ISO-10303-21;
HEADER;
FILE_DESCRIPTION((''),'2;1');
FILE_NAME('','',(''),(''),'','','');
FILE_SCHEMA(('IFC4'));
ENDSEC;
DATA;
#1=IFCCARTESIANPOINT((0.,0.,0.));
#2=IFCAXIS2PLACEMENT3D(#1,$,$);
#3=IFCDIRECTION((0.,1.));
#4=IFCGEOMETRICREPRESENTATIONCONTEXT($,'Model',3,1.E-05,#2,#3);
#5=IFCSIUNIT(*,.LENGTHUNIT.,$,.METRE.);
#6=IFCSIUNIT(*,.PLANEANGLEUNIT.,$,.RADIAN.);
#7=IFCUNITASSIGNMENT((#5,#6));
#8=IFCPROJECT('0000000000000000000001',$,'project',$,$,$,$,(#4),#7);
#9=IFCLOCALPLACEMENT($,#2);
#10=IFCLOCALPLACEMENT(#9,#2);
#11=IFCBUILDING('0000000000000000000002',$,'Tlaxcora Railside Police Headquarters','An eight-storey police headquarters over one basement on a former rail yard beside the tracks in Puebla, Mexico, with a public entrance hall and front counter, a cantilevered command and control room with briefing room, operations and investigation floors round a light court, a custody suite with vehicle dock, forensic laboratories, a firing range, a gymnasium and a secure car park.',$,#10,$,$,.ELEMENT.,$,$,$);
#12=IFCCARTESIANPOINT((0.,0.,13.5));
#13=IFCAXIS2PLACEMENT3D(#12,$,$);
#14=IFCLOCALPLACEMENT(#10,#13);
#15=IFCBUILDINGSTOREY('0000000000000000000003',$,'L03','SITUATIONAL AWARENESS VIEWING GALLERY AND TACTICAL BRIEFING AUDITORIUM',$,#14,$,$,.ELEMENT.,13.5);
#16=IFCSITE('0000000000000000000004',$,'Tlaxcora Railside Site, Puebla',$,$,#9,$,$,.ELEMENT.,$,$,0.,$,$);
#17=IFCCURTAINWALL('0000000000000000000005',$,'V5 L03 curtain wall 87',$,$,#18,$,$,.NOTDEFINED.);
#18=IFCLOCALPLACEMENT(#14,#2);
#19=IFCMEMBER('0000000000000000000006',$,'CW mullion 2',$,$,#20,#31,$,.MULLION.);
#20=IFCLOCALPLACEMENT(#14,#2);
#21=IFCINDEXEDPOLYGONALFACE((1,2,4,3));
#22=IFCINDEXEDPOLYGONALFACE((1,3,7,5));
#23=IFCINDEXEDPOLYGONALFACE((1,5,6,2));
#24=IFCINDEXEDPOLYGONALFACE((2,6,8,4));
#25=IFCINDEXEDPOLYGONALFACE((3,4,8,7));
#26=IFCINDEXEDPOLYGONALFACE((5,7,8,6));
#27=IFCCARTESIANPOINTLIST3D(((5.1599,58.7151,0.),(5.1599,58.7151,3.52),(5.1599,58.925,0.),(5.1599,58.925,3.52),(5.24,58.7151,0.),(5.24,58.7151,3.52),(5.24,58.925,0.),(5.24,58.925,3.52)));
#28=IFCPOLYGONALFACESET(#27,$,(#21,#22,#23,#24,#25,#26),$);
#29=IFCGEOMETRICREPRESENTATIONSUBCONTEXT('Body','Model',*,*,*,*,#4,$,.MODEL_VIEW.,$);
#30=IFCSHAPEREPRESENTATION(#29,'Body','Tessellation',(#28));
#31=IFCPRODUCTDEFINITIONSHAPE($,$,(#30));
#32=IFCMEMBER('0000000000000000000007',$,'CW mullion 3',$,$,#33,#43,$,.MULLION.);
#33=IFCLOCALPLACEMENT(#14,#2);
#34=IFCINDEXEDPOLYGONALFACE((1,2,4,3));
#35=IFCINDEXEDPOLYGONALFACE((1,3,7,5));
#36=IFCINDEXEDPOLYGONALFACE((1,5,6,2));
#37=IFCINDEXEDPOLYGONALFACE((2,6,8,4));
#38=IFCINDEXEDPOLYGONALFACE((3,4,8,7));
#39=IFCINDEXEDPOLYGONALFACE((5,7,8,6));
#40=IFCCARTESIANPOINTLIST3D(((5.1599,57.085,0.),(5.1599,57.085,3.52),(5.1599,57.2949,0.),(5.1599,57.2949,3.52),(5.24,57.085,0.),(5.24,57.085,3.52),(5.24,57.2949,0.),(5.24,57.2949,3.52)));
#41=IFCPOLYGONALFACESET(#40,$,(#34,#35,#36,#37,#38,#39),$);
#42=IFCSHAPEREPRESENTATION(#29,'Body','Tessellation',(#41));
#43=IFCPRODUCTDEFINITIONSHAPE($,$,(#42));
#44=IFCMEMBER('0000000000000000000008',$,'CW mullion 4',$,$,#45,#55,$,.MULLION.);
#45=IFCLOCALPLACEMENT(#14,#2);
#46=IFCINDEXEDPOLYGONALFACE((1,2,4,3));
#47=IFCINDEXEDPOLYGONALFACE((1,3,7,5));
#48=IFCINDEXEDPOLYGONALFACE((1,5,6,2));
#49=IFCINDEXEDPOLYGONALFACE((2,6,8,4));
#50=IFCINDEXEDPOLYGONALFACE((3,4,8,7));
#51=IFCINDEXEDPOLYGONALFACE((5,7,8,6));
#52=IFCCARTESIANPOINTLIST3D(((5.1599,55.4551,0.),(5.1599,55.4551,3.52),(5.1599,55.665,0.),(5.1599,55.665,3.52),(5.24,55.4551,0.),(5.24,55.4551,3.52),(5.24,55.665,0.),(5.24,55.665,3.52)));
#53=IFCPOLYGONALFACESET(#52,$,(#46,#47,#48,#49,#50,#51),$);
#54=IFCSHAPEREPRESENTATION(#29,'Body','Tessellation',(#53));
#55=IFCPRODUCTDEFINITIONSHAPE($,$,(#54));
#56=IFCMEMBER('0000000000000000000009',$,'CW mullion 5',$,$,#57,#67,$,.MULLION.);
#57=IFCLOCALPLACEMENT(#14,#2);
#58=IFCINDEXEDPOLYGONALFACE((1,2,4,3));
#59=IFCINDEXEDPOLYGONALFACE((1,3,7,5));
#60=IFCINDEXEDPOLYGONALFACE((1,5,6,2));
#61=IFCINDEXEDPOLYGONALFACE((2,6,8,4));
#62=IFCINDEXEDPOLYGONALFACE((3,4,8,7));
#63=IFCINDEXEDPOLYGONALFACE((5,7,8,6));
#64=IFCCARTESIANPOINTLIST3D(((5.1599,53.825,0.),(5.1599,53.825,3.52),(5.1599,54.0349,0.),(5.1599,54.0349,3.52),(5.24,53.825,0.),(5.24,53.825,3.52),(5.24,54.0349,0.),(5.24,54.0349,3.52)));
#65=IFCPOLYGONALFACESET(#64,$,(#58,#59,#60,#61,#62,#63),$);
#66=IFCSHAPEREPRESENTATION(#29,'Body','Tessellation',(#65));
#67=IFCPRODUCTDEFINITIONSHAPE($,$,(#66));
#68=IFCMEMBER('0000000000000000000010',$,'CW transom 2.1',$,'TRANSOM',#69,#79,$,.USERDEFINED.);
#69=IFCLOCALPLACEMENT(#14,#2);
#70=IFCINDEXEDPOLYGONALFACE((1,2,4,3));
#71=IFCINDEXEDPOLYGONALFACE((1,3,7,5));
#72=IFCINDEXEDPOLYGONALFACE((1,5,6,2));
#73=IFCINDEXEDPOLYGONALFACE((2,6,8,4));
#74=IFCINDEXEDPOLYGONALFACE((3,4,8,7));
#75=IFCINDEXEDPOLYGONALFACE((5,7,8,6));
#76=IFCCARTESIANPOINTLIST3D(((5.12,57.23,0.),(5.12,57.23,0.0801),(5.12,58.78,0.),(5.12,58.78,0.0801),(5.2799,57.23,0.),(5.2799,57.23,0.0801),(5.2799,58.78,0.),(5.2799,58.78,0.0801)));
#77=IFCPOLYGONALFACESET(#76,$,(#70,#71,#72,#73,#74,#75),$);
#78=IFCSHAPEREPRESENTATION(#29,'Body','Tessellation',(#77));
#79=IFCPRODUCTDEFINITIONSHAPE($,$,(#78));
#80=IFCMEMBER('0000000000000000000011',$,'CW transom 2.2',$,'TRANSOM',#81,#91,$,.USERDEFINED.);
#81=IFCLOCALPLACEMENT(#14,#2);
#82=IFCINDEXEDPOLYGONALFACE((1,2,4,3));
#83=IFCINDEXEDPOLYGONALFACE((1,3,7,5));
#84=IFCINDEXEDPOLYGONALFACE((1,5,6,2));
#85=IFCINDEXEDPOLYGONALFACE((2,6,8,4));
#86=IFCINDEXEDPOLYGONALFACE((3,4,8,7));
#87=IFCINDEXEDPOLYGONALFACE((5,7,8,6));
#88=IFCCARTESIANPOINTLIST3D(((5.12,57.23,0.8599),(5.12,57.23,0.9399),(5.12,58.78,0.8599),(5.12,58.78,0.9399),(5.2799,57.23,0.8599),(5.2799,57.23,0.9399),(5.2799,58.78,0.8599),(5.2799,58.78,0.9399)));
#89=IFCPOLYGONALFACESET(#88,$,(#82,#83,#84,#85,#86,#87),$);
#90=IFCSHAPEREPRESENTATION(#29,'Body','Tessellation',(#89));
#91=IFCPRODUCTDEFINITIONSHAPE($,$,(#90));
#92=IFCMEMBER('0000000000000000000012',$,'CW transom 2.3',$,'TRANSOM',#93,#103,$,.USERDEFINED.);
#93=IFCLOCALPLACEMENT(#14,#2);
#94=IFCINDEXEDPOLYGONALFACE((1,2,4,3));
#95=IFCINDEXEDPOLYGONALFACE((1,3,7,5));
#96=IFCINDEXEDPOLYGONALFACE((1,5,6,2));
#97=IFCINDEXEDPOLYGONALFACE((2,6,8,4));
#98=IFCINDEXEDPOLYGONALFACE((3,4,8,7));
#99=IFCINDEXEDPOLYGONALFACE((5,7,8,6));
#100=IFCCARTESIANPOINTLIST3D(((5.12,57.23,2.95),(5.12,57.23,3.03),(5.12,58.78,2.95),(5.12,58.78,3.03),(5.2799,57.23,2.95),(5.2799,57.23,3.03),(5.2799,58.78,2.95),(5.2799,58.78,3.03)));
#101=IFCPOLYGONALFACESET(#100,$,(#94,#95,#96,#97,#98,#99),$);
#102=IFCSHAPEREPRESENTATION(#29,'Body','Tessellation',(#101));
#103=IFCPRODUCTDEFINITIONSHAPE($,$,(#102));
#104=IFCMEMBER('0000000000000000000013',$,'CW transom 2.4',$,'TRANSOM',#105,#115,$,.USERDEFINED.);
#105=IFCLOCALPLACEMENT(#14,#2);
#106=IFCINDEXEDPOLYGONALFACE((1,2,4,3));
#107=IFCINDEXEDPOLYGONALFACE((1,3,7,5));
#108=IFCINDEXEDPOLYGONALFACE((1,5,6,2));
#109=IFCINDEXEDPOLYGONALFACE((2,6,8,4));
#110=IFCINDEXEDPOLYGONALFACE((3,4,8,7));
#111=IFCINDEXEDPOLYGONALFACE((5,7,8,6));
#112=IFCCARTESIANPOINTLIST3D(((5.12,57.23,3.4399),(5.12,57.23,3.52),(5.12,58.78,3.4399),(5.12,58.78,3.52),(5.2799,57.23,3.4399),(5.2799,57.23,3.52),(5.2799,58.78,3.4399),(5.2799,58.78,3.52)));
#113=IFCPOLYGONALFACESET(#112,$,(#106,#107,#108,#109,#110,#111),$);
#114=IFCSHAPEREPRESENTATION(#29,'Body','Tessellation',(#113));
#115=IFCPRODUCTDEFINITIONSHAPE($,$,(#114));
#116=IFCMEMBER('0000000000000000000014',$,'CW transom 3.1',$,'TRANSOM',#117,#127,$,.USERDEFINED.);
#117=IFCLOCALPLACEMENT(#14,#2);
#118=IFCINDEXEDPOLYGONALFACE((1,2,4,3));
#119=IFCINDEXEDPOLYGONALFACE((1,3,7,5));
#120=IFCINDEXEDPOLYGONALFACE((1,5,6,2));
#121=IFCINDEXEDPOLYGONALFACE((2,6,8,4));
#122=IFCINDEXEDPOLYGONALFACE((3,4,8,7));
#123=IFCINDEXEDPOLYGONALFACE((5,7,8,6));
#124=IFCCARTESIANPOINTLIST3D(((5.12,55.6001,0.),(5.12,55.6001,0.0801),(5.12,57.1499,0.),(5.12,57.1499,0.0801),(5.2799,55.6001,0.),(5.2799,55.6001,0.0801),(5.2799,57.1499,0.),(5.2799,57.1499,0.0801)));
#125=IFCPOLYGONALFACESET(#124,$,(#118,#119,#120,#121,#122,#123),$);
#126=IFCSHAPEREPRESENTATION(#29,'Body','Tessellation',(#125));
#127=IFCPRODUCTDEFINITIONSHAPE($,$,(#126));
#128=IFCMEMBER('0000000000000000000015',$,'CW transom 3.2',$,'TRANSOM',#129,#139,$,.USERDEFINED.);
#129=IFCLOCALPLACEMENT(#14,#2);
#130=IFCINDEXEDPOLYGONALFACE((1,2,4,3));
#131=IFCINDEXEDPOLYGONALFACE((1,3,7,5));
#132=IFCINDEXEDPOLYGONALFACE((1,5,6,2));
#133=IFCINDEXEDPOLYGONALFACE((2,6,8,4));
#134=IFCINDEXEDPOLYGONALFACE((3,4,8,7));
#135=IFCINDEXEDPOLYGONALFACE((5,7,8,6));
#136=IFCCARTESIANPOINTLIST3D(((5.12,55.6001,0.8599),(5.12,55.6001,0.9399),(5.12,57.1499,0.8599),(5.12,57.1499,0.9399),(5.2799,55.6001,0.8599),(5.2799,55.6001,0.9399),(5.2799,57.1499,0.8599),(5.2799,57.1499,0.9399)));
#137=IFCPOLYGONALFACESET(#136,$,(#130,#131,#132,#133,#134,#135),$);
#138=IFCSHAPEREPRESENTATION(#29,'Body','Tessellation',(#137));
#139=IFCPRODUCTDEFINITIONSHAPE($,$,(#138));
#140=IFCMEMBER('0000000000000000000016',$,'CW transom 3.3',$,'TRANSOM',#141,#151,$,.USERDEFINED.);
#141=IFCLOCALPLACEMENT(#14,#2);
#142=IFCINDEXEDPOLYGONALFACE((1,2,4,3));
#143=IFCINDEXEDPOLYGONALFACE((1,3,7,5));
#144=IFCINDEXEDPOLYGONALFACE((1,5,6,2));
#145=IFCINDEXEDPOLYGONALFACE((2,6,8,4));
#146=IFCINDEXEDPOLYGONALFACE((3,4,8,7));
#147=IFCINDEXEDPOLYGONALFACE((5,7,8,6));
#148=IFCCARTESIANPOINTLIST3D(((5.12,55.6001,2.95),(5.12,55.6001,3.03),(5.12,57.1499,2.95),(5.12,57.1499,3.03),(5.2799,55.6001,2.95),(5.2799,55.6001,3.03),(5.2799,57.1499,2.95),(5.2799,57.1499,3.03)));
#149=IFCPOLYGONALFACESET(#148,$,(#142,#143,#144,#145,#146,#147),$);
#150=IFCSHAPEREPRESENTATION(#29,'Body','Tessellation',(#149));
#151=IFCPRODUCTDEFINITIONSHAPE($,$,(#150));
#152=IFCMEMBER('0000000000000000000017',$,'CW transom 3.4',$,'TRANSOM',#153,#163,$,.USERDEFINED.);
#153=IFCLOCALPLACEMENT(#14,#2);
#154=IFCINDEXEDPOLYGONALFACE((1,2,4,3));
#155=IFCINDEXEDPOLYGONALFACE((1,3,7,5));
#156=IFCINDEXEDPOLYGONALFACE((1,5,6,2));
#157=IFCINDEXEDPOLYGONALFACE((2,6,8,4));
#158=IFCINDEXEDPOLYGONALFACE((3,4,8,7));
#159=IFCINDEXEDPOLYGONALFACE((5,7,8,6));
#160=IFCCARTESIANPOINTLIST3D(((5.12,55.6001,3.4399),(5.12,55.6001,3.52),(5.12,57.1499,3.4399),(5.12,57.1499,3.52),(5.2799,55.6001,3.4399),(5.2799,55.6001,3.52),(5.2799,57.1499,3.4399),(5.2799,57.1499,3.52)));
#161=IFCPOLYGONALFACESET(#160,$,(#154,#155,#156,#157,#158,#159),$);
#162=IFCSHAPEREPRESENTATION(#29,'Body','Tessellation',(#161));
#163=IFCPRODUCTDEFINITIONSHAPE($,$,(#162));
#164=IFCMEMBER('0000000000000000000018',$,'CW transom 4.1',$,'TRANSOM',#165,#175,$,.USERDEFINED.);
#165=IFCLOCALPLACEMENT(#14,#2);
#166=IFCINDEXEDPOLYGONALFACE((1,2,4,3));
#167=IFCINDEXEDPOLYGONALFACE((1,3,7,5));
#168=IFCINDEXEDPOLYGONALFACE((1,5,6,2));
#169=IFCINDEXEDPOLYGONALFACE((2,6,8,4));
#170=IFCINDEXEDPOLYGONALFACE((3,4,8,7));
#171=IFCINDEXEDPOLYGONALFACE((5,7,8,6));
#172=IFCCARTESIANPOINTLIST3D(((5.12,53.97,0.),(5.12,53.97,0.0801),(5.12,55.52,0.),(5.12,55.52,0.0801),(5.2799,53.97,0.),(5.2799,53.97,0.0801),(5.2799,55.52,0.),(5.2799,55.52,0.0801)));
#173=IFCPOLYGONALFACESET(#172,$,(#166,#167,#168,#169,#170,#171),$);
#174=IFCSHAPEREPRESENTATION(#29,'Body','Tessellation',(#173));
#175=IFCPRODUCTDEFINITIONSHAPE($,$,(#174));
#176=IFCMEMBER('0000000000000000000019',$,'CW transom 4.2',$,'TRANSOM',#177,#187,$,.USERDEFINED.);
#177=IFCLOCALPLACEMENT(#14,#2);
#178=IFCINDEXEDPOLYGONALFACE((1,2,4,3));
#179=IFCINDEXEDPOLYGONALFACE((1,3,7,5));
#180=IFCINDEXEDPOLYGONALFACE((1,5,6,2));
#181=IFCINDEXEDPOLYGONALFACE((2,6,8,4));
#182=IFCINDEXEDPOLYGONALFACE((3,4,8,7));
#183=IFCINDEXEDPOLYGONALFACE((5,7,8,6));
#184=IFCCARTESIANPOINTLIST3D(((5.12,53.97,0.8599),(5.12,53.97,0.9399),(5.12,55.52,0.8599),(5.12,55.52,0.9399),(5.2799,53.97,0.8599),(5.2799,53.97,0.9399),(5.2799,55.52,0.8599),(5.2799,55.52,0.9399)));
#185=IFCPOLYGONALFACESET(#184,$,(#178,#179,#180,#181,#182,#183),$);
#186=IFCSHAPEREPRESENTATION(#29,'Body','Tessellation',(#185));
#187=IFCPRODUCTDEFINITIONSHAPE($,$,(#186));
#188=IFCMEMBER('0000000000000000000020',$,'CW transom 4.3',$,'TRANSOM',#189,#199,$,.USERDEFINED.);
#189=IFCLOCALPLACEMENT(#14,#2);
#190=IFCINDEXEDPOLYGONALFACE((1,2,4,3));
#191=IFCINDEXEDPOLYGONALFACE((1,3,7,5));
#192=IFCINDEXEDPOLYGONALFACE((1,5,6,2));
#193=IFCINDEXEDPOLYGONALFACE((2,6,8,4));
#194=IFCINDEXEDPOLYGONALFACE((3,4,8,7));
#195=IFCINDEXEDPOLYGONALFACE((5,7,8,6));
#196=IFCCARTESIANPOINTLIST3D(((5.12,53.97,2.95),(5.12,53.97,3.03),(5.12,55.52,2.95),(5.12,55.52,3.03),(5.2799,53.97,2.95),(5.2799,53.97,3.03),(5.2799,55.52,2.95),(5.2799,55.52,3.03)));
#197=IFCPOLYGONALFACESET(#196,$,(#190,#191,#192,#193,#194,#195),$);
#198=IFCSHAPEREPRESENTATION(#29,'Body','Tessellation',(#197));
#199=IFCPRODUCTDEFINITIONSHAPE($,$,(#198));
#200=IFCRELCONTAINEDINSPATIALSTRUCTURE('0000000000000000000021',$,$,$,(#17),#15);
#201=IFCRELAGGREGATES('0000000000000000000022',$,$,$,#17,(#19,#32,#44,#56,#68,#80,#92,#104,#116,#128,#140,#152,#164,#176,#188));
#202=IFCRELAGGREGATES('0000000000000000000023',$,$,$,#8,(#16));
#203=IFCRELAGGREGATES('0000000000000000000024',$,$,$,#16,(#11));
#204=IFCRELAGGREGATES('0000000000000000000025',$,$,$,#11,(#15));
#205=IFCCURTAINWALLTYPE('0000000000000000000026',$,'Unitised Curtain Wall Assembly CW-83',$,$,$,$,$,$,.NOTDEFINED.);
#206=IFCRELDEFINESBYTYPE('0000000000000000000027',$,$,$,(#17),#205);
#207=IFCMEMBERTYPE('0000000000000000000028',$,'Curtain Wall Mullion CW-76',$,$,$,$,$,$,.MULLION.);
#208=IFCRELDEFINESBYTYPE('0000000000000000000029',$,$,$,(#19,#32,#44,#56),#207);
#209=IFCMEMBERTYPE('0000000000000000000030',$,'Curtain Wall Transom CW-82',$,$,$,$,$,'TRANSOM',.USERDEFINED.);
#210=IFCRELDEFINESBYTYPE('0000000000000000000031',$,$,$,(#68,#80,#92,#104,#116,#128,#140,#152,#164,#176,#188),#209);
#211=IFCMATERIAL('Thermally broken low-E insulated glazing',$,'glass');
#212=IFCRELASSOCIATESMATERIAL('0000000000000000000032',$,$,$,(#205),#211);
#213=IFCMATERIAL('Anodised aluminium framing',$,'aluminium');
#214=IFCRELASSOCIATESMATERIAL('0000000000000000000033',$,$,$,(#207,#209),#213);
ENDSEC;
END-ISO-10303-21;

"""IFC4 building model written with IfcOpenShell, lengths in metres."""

from ifc_helpers import new_model, si_unit, direction, frame, origin, origin_2d, place, context, subcontext, project, spatial, rectangle, extrude, material, material_profile, profile_set, type_object, element, aggregate, save


model = new_model("IFC4")

# Units and contexts
model_context = context("Model", 3, precision=1e-05, world=origin(), true_north=direction((0.0, 1.0)))
body_context = subcontext(model_context, "Body", "Model", "MODEL_VIEW")
ifc_project = project(units=[si_unit("LENGTHUNIT", "METRE"), si_unit("PLANEANGLEUNIT", "RADIAN")], contexts=[model_context])

# Site, building, storey
site_placement = place(None, origin())
site = spatial("IfcSite", under=ifc_project, at=site_placement, Name="Tlaxcora Railside Site, Puebla", CompositionType="ELEMENT", RefElevation=0.0)
building_placement = place(site_placement, origin())
building = spatial("IfcBuilding", under=site, at=building_placement, Name="Tlaxcora Railside Police Headquarters", Description="An eight-storey police headquarters over one basement on a former rail yard beside the tracks in Puebla, Mexico, with a public entrance hall and front counter, a cantilevered command and control room with briefing room, operations and investigation floors round a light court, a custody suite with vehicle dock, forensic laboratories, a firing range, a gymnasium and a secure car park.", CompositionType="ELEMENT")
storey_placement = place(building_placement, frame((0.0, 0.0, 13.5)))
storey = spatial("IfcBuildingStorey", under=building, at=storey_placement, Name="L03", Description="SITUATIONAL AWARENESS VIEWING GALLERY AND TACTICAL BRIEFING AUDITORIUM", CompositionType="ELEMENT", Elevation=13.5)

# Curtain wall, members
ifc_material_1 = material(Name="Thermally broken low-E insulated glazing", Category="glass")
curtain_wall_type = type_object("IfcCurtainWallType", Name="Unitised Curtain Wall Assembly CW-83", PredefinedType="NOTDEFINED", material=ifc_material_1)
curtain_wall_placement = place(storey_placement, origin())
curtain_wall = element("IfcCurtainWall", 1, at=curtain_wall_placement, inside=storey, type_object=curtain_wall_type, Name="V5 L03 curtain wall 87", PredefinedType="NOTDEFINED")
ifc_material_2 = material(Name="Anodised aluminium framing", Category="aluminium")
ifc_material_profile_1 = material_profile(ifc_material_2, rectangle(XDim=0.0801, YDim=0.21, at=origin_2d()), Name="AL80X210")
ifc_profile_set_1 = profile_set([ifc_material_profile_1], Name="Anodised aluminium framing")
member_type_1 = type_object("IfcMemberType", Name="Curtain Wall Mullion CW-76", PredefinedType="MULLION", material=ifc_profile_set_1)
member_1_placement = place(storey_placement, frame((5.2, 58.8201, 0.0), z_axis=(0.0, 0.0, 1.0), x_axis=(1.0, 0.0, 0.0)))
member_1 = element("IfcMember", 2, at=member_1_placement, type_object=member_type_1, Name="CW mullion 2", PredefinedType="MULLION", context=body_context, shape_type="SweptSolid", body=[
    extrude(rectangle(XDim=0.0801, YDim=0.21, at=origin_2d()), origin(), (0.0, 0.0, 1.0), 3.52),
])
member_2_placement = place(storey_placement, frame((5.2, 57.1899, 0.0), z_axis=(0.0, 0.0, 1.0), x_axis=(1.0, 0.0, 0.0)))
member_2 = element("IfcMember", 3, at=member_2_placement, type_object=member_type_1, Name="CW mullion 3", PredefinedType="MULLION", context=body_context, shape_type="SweptSolid", body=[
    extrude(rectangle(XDim=0.0801, YDim=0.21, at=origin_2d()), origin(), (0.0, 0.0, 1.0), 3.52),
])
member_3_placement = place(storey_placement, frame((5.2, 55.5601, 0.0), z_axis=(0.0, 0.0, 1.0), x_axis=(1.0, 0.0, 0.0)))
member_3 = element("IfcMember", 4, at=member_3_placement, type_object=member_type_1, Name="CW mullion 4", PredefinedType="MULLION", context=body_context, shape_type="SweptSolid", body=[
    extrude(rectangle(XDim=0.0801, YDim=0.21, at=origin_2d()), origin(), (0.0, 0.0, 1.0), 3.52),
])
member_4_placement = place(storey_placement, frame((5.2, 53.9299, 0.0), z_axis=(0.0, 0.0, 1.0), x_axis=(1.0, 0.0, 0.0)))
member_4 = element("IfcMember", 5, at=member_4_placement, type_object=member_type_1, Name="CW mullion 5", PredefinedType="MULLION", context=body_context, shape_type="SweptSolid", body=[
    extrude(rectangle(XDim=0.0801, YDim=0.21, at=origin_2d()), origin(), (0.0, 0.0, 1.0), 3.52),
])
ifc_material_profile_2 = material_profile(ifc_material_2, rectangle(XDim=0.1599, YDim=0.0801, at=origin_2d()), Name="AL80X160")
ifc_profile_set_2 = profile_set([ifc_material_profile_2], Name="Anodised aluminium framing")
member_type_2 = type_object("IfcMemberType", Name="Curtain Wall Transom CW-82", ElementType="TRANSOM", PredefinedType="USERDEFINED", material=ifc_profile_set_2)
member_5_placement = place(storey_placement, frame((5.2, 58.78, 0.04), z_axis=(0.0, -1.0, 0.0), x_axis=(1.0, 0.0, 0.0)))
member_5 = element("IfcMember", 6, at=member_5_placement, type_object=member_type_2, Name="CW transom 2.1", ObjectType="TRANSOM", PredefinedType="USERDEFINED", context=body_context, shape_type="SweptSolid", body=[
    extrude(rectangle(XDim=0.1599, YDim=0.0801, at=origin_2d()), origin(), (0.0, 0.0, 1.0), 1.55),
])
member_6_placement = place(storey_placement, frame((5.2, 58.78, 0.8999), z_axis=(0.0, -1.0, 0.0), x_axis=(1.0, 0.0, 0.0)))
member_6 = element("IfcMember", 7, at=member_6_placement, type_object=member_type_2, Name="CW transom 2.2", ObjectType="TRANSOM", PredefinedType="USERDEFINED", context=body_context, shape_type="SweptSolid", body=[
    extrude(rectangle(XDim=0.1599, YDim=0.0801, at=origin_2d()), origin(), (0.0, 0.0, 1.0), 1.55),
])
member_7_placement = place(storey_placement, frame((5.2, 58.78, 2.99), z_axis=(0.0, -1.0, 0.0), x_axis=(1.0, 0.0, 0.0)))
member_7 = element("IfcMember", 8, at=member_7_placement, type_object=member_type_2, Name="CW transom 2.3", ObjectType="TRANSOM", PredefinedType="USERDEFINED", context=body_context, shape_type="SweptSolid", body=[
    extrude(rectangle(XDim=0.1599, YDim=0.0801, at=origin_2d()), origin(), (0.0, 0.0, 1.0), 1.55),
])
member_8_placement = place(storey_placement, frame((5.2, 58.78, 3.48), z_axis=(0.0, -1.0, 0.0), x_axis=(1.0, 0.0, 0.0)))
member_8 = element("IfcMember", 9, at=member_8_placement, type_object=member_type_2, Name="CW transom 2.4", ObjectType="TRANSOM", PredefinedType="USERDEFINED", context=body_context, shape_type="SweptSolid", body=[
    extrude(rectangle(XDim=0.1599, YDim=0.0801, at=origin_2d()), origin(), (0.0, 0.0, 1.0), 1.55),
])
member_9_placement = place(storey_placement, frame((5.2, 57.1499, 0.04), z_axis=(0.0, -1.0, 0.0), x_axis=(1.0, 0.0, 0.0)))
member_9 = element("IfcMember", 10, at=member_9_placement, type_object=member_type_2, Name="CW transom 3.1", ObjectType="TRANSOM", PredefinedType="USERDEFINED", context=body_context, shape_type="SweptSolid", body=[
    extrude(rectangle(XDim=0.1599, YDim=0.0801, at=origin_2d()), origin(), (0.0, 0.0, 1.0), 1.5498),
])
member_10_placement = place(storey_placement, frame((5.2, 57.1499, 0.8999), z_axis=(0.0, -1.0, 0.0), x_axis=(1.0, 0.0, 0.0)))
member_10 = element("IfcMember", 11, at=member_10_placement, type_object=member_type_2, Name="CW transom 3.2", ObjectType="TRANSOM", PredefinedType="USERDEFINED", context=body_context, shape_type="SweptSolid", body=[
    extrude(rectangle(XDim=0.1599, YDim=0.0801, at=origin_2d()), origin(), (0.0, 0.0, 1.0), 1.5498),
])
member_11_placement = place(storey_placement, frame((5.2, 57.1499, 2.99), z_axis=(0.0, -1.0, 0.0), x_axis=(1.0, 0.0, 0.0)))
member_11 = element("IfcMember", 12, at=member_11_placement, type_object=member_type_2, Name="CW transom 3.3", ObjectType="TRANSOM", PredefinedType="USERDEFINED", context=body_context, shape_type="SweptSolid", body=[
    extrude(rectangle(XDim=0.1599, YDim=0.0801, at=origin_2d()), origin(), (0.0, 0.0, 1.0), 1.5498),
])
member_12_placement = place(storey_placement, frame((5.2, 57.1499, 3.48), z_axis=(0.0, -1.0, 0.0), x_axis=(1.0, 0.0, 0.0)))
member_12 = element("IfcMember", 13, at=member_12_placement, type_object=member_type_2, Name="CW transom 3.4", ObjectType="TRANSOM", PredefinedType="USERDEFINED", context=body_context, shape_type="SweptSolid", body=[
    extrude(rectangle(XDim=0.1599, YDim=0.0801, at=origin_2d()), origin(), (0.0, 0.0, 1.0), 1.5498),
])
member_13_placement = place(storey_placement, frame((5.2, 55.52, 0.04), z_axis=(0.0, -1.0, 0.0), x_axis=(1.0, 0.0, 0.0)))
member_13 = element("IfcMember", 14, at=member_13_placement, type_object=member_type_2, Name="CW transom 4.1", ObjectType="TRANSOM", PredefinedType="USERDEFINED", context=body_context, shape_type="SweptSolid", body=[
    extrude(rectangle(XDim=0.1599, YDim=0.0801, at=origin_2d()), origin(), (0.0, 0.0, 1.0), 1.55),
])
member_14_placement = place(storey_placement, frame((5.2, 55.52, 0.8999), z_axis=(0.0, -1.0, 0.0), x_axis=(1.0, 0.0, 0.0)))
member_14 = element("IfcMember", 15, at=member_14_placement, type_object=member_type_2, Name="CW transom 4.2", ObjectType="TRANSOM", PredefinedType="USERDEFINED", context=body_context, shape_type="SweptSolid", body=[
    extrude(rectangle(XDim=0.1599, YDim=0.0801, at=origin_2d()), origin(), (0.0, 0.0, 1.0), 1.55),
])
member_15_placement = place(storey_placement, frame((5.2, 55.52, 2.99), z_axis=(0.0, -1.0, 0.0), x_axis=(1.0, 0.0, 0.0)))
member_15 = element("IfcMember", 16, at=member_15_placement, type_object=member_type_2, Name="CW transom 4.3", ObjectType="TRANSOM", PredefinedType="USERDEFINED", context=body_context, shape_type="SweptSolid", body=[
    extrude(rectangle(XDim=0.1599, YDim=0.0801, at=origin_2d()), origin(), (0.0, 0.0, 1.0), 1.55),
])
aggregate(curtain_wall, [member_1, member_2, member_3, member_4, member_5, member_6, member_7, member_8, member_9, member_10, member_11, member_12, member_13, member_14, member_15])

save(model, "model.ifc")
